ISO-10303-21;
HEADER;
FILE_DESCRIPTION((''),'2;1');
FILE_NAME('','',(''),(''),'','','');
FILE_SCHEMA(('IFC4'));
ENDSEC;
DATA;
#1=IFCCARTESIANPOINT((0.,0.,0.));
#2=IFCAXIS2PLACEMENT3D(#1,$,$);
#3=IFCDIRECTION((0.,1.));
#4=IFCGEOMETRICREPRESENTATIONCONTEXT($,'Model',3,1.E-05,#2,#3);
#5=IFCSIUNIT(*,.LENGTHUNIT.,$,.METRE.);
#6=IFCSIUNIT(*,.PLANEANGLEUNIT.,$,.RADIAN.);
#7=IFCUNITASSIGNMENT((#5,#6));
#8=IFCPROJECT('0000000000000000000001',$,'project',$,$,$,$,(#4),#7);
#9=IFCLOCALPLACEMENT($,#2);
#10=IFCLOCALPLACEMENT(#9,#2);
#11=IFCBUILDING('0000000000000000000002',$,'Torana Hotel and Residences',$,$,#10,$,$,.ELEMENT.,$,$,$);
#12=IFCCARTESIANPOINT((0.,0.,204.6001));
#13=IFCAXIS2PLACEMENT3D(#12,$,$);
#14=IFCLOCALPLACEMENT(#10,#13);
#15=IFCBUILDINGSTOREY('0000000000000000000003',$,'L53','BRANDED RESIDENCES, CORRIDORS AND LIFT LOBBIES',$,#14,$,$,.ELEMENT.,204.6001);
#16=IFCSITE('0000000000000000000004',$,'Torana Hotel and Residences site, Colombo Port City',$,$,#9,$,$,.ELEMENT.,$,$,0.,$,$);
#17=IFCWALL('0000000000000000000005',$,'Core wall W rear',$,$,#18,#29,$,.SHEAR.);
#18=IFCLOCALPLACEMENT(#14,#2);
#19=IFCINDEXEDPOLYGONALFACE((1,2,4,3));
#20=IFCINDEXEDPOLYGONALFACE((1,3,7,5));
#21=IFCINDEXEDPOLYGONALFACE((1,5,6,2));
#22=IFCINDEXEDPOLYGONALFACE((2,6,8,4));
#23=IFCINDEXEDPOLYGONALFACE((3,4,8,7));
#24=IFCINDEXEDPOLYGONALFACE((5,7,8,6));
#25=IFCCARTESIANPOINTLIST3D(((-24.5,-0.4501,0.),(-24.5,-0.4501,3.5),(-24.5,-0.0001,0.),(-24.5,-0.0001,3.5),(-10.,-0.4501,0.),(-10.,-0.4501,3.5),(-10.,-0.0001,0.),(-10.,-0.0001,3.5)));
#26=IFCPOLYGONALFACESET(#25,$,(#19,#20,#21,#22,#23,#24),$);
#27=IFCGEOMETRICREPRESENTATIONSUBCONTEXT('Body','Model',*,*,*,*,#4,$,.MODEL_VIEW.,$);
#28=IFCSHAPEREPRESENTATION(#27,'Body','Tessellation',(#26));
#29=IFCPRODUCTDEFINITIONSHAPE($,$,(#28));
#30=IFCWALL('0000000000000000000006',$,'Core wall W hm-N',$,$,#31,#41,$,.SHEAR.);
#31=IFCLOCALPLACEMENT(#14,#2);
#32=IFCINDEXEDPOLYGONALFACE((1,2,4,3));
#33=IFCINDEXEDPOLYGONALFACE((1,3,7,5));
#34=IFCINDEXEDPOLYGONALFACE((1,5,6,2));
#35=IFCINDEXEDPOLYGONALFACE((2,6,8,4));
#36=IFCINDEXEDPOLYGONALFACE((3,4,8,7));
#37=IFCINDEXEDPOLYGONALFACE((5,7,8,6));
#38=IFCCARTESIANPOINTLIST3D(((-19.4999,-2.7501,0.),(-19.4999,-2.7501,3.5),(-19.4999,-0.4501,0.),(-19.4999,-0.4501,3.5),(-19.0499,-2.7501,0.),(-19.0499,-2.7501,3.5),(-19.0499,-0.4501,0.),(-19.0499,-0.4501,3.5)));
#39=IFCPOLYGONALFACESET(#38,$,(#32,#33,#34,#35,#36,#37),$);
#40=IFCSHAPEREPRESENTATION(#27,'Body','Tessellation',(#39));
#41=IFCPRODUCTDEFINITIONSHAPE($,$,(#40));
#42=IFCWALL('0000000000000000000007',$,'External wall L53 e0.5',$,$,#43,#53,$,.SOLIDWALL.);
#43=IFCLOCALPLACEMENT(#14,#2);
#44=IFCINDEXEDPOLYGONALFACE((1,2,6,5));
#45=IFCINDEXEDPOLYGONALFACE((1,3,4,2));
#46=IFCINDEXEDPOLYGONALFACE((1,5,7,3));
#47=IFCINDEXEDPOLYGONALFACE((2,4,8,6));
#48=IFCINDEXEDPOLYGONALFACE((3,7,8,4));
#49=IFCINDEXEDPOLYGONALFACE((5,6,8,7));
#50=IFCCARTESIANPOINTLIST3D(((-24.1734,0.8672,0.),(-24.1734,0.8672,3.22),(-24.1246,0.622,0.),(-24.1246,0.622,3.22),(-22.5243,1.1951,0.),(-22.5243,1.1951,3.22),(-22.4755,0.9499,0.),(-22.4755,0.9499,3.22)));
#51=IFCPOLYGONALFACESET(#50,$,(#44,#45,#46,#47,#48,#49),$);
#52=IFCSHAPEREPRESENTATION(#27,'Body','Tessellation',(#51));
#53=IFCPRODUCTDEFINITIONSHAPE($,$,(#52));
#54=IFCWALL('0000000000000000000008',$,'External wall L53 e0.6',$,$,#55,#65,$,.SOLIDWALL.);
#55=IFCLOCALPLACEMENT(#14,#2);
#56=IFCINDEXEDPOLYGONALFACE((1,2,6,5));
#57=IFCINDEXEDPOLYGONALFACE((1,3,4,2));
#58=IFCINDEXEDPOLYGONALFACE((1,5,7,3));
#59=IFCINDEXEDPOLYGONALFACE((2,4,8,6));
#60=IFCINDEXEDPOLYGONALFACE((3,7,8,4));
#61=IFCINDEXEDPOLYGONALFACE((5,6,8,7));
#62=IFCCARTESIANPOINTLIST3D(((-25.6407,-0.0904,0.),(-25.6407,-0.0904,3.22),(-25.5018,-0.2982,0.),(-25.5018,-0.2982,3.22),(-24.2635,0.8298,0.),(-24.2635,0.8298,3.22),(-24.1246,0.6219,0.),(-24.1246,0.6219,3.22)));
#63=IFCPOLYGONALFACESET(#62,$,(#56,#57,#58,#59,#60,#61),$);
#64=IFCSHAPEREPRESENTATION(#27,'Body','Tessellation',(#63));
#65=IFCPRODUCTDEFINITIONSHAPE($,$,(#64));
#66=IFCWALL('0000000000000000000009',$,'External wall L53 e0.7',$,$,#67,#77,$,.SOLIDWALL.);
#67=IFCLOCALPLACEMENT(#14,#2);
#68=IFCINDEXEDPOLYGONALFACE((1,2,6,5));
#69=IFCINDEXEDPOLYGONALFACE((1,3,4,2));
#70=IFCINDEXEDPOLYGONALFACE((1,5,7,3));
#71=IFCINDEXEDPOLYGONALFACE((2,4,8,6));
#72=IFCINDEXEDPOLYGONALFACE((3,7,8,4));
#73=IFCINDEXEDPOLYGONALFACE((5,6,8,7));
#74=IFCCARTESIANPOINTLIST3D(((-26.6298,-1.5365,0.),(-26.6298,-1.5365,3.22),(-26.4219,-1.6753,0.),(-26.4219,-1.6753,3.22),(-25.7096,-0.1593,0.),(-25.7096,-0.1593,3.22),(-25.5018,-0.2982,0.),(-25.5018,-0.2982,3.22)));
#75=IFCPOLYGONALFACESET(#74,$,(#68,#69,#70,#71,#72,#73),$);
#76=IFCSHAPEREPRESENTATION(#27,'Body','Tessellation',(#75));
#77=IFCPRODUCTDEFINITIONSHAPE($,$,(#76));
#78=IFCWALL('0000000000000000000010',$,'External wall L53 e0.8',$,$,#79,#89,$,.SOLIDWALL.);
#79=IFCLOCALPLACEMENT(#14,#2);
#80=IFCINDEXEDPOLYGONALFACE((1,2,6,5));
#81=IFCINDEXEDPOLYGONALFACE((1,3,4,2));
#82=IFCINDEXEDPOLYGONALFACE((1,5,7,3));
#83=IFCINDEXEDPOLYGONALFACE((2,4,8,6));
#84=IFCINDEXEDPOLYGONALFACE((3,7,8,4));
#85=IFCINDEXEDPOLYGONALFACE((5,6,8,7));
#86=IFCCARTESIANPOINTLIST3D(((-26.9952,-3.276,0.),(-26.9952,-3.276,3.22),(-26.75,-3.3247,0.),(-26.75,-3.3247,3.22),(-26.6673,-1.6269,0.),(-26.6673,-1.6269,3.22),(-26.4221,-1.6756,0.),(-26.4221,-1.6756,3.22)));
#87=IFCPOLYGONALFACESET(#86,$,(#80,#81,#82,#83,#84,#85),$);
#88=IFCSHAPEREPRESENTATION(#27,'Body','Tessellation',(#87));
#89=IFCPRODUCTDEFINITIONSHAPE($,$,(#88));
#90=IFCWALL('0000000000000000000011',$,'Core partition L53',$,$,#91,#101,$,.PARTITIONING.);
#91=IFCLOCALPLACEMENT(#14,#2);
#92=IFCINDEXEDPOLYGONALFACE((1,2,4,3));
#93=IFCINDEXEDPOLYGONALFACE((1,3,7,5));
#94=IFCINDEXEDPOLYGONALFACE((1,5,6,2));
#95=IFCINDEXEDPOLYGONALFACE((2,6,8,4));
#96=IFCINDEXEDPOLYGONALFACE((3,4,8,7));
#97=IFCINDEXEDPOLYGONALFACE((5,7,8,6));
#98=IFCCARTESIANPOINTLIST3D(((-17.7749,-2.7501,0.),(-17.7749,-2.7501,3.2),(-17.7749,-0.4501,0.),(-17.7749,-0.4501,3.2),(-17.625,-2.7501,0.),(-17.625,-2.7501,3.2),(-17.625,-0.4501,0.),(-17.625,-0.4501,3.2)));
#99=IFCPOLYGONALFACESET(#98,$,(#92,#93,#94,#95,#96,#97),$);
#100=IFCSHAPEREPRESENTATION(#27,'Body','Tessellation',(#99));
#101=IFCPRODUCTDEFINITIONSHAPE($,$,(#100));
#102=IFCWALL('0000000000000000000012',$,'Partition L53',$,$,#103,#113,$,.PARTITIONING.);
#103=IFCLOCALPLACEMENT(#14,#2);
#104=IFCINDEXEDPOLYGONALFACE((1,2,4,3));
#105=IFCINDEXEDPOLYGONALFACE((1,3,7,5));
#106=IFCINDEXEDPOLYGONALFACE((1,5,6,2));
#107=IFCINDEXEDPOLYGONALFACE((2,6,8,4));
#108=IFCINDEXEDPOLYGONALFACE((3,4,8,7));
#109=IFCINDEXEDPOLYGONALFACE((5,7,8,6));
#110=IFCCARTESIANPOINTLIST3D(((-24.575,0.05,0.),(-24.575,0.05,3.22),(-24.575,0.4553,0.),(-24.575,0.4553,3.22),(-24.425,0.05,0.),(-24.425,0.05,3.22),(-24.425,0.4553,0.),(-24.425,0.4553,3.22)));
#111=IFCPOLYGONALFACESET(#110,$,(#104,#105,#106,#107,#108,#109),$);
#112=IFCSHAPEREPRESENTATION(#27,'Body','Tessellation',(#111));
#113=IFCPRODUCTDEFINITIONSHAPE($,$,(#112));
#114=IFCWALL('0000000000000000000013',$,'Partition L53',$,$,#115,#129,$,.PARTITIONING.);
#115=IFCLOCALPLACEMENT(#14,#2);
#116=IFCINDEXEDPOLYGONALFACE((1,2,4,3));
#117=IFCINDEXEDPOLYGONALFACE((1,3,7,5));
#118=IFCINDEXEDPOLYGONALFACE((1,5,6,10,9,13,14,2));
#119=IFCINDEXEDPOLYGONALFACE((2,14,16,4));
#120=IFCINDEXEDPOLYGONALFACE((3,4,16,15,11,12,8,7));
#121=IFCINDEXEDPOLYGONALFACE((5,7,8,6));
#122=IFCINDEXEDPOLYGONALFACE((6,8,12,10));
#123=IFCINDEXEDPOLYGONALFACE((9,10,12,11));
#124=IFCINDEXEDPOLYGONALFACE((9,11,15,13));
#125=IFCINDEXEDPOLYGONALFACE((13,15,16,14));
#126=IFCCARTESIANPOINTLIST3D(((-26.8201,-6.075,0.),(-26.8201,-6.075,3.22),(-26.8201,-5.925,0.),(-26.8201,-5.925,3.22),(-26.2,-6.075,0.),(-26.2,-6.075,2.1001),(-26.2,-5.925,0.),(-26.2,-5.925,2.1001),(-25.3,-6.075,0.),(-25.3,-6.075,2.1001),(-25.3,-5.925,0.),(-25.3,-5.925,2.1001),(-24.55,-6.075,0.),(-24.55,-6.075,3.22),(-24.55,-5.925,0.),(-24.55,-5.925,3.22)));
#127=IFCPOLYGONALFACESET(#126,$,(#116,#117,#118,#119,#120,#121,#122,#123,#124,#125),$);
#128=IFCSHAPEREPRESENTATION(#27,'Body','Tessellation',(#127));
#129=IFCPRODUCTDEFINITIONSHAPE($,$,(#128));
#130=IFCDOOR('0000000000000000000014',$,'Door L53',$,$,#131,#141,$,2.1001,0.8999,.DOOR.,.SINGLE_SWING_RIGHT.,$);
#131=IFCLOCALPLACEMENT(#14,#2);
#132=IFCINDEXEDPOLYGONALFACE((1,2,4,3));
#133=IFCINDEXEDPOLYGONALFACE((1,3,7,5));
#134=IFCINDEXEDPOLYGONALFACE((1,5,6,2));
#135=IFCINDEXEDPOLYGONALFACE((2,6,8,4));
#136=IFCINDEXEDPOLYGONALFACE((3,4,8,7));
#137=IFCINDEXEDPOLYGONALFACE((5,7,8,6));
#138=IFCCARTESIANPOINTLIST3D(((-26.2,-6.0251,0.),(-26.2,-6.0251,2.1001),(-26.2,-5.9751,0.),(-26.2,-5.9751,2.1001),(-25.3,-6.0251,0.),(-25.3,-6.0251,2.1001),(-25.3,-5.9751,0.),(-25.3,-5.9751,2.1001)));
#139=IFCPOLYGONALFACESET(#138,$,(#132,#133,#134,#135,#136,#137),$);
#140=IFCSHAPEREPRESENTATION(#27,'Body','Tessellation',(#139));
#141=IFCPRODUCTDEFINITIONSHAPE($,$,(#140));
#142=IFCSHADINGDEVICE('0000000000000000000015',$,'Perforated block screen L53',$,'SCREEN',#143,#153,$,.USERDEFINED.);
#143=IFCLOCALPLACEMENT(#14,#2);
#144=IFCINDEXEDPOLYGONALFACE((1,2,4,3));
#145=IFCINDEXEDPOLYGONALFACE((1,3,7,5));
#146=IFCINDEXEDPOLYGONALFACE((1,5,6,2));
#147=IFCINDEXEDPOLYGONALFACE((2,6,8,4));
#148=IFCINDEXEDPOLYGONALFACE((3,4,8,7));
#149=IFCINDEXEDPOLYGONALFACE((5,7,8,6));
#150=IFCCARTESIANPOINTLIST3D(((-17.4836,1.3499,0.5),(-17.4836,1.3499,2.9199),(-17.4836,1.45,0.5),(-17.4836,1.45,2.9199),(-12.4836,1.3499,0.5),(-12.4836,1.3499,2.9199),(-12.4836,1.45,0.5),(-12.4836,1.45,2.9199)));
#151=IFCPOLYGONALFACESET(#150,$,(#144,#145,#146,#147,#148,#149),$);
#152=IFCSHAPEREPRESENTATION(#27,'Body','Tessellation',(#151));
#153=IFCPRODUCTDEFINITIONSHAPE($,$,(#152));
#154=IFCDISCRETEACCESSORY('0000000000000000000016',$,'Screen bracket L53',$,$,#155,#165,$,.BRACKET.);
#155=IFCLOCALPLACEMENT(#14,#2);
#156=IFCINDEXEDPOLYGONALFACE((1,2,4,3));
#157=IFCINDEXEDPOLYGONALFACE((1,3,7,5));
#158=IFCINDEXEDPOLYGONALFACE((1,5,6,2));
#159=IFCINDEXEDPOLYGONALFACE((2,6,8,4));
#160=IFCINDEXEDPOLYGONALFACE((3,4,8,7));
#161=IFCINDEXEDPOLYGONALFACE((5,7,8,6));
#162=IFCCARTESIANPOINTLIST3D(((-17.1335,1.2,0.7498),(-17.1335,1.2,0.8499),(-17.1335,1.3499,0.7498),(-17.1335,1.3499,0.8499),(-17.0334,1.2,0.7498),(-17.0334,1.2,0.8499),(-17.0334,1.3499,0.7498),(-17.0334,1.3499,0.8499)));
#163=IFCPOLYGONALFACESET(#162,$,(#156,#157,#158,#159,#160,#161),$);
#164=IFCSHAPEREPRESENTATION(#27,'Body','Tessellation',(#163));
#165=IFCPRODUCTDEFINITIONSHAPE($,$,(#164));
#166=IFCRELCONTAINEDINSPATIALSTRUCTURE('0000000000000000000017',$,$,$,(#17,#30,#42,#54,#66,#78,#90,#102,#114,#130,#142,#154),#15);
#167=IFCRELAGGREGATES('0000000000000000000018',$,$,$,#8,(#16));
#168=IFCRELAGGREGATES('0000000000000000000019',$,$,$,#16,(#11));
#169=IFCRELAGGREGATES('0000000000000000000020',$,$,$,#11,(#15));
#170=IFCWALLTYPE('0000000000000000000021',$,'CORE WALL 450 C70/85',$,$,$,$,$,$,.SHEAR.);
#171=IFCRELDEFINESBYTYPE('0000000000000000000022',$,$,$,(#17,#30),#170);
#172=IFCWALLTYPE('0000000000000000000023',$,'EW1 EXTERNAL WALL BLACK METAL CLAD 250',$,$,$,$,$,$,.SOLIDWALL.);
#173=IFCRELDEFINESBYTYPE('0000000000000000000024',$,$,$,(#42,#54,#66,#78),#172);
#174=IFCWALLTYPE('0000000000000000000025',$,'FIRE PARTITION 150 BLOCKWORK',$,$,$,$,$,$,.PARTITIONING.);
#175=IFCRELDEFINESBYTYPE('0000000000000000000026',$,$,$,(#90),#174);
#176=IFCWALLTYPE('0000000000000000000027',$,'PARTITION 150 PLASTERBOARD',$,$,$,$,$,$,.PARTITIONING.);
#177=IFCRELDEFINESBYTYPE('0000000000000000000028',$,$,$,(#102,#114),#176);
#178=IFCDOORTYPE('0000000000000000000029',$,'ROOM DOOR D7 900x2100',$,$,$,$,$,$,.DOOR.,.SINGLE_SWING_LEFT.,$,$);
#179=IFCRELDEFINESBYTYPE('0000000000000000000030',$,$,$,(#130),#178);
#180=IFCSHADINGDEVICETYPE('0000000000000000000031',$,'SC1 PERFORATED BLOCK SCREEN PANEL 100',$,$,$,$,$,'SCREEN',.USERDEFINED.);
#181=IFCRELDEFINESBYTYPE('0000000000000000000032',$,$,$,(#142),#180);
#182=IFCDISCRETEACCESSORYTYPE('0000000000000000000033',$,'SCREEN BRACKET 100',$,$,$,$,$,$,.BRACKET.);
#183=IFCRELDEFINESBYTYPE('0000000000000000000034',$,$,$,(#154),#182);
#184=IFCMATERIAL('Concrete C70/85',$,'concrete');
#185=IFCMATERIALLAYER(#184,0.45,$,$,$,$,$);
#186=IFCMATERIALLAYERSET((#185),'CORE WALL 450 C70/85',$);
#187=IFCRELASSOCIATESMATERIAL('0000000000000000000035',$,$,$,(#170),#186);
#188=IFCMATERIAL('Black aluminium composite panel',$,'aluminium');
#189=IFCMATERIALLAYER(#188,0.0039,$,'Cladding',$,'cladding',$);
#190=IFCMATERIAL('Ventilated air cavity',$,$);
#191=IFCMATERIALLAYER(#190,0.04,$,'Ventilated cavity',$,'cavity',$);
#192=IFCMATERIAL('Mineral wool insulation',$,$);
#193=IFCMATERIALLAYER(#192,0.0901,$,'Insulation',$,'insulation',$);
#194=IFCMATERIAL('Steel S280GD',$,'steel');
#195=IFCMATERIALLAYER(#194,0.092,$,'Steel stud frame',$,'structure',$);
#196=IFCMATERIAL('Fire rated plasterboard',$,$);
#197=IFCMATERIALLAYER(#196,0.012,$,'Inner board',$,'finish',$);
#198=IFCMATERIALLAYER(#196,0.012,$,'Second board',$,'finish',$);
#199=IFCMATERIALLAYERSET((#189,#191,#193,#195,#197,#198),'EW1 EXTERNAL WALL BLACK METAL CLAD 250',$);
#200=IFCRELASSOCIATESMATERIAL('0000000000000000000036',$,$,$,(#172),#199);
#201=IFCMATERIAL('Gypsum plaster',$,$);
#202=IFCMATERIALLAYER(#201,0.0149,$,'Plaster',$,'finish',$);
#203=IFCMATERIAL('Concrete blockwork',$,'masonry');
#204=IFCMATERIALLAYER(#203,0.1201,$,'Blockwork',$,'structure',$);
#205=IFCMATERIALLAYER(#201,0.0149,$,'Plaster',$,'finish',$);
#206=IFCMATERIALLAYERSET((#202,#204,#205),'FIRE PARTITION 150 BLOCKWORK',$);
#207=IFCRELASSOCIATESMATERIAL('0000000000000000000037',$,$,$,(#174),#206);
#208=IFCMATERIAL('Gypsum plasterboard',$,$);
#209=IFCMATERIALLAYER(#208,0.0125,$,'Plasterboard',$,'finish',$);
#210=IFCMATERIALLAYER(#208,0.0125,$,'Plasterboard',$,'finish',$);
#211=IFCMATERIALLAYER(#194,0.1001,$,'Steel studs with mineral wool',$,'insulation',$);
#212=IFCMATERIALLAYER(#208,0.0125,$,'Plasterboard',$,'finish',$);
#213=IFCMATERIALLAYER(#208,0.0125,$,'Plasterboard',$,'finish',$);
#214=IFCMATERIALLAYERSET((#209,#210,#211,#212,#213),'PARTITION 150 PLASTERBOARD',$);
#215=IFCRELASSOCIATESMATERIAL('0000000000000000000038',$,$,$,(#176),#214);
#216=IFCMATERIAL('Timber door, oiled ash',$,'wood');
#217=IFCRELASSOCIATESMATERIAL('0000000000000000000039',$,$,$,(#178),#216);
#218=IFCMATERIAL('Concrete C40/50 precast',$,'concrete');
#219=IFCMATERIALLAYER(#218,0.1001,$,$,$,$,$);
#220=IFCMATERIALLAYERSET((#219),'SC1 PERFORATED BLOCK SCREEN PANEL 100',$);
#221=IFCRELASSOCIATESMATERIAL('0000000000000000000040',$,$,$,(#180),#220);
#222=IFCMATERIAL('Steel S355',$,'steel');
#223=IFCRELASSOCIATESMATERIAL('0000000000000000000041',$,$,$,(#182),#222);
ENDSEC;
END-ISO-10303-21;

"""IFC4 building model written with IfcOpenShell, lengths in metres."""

from ifc_helpers import new_model, si_unit, direction, frame, frame_2d, origin, origin_2d, place, context, subcontext, project, spatial, rectangle, extrude, material, layer, layer_set, type_object, element, fill, save


model = new_model("IFC4")

# Units and contexts
model_context = context("Model", 3, precision=1e-05, world=origin(), true_north=direction((0.0, 1.0)))
body_context = subcontext(model_context, "Body", "Model", "MODEL_VIEW")
ifc_project = project(units=[si_unit("LENGTHUNIT", "METRE"), si_unit("PLANEANGLEUNIT", "RADIAN")], contexts=[model_context])

# Site, building, storey
site_placement = place(None, origin())
site = spatial("IfcSite", under=ifc_project, at=site_placement, Name="Torana Hotel and Residences site, Colombo Port City", CompositionType="ELEMENT", RefElevation=0.0)
building_placement = place(site_placement, origin())
building = spatial("IfcBuilding", under=site, at=building_placement, Name="Torana Hotel and Residences", CompositionType="ELEMENT")
storey_placement = place(building_placement, frame((0.0, 0.0, 204.6001)))
storey = spatial("IfcBuildingStorey", under=building, at=storey_placement, Name="L53", Description="BRANDED RESIDENCES, CORRIDORS AND LIFT LOBBIES", CompositionType="ELEMENT", Elevation=204.6001)

# Walls
ifc_material_1 = material(Name="Concrete C70/85", Category="concrete")
ifc_layer_1 = layer(ifc_material_1, 0.45)
ifc_layer_set_1 = layer_set([ifc_layer_1], Name="CORE WALL 450 C70/85")
wall_type_1 = type_object("IfcWallType", Name="CORE WALL 450 C70/85", PredefinedType="SHEAR", material=ifc_layer_set_1)
wall_1_placement = place(storey_placement, frame((-24.5, -0.2251, 0.0), z_axis=(0.0, 0.0, 1.0), x_axis=(1.0, 0.0, 0.0)))
element("IfcWall", 1, at=wall_1_placement, inside=storey, type_object=wall_type_1, Name="Core wall W rear", PredefinedType="SHEAR", context=body_context, shape_type="SweptSolid", body=[
    extrude(rectangle(XDim=14.5, YDim=0.45, at=frame_2d((7.25, 0.0))), origin(), (0.0, 0.0, 1.0), 3.5),
])
wall_2_placement = place(storey_placement, frame((-19.2749, -2.75, 0.0), z_axis=(0.0, 0.0, 1.0), x_axis=(0.0, 1.0, 0.0)))
element("IfcWall", 2, at=wall_2_placement, inside=storey, type_object=wall_type_1, Name="Core wall W hm-N", PredefinedType="SHEAR", context=body_context, shape_type="SweptSolid", body=[
    extrude(rectangle(XDim=2.3, YDim=0.45, at=frame_2d((1.1499, 0.0))), origin(), (0.0, 0.0, 1.0), 3.5),
])
ifc_material_2 = material(Name="Black aluminium composite panel", Category="aluminium")
ifc_layer_2 = layer(ifc_material_2, 0.0039, Name="Cladding", Category="cladding")
ifc_material_3 = material(Name="Ventilated air cavity")
ifc_layer_3 = layer(ifc_material_3, 0.04, Name="Ventilated cavity", Category="cavity")
ifc_material_4 = material(Name="Mineral wool insulation")
ifc_layer_4 = layer(ifc_material_4, 0.0901, Name="Insulation", Category="insulation")
ifc_material_5 = material(Name="Steel S280GD", Category="steel")
ifc_layer_5 = layer(ifc_material_5, 0.092, Name="Steel stud frame", Category="structure")
ifc_material_6 = material(Name="Fire rated plasterboard")
ifc_layer_6 = layer(ifc_material_6, 0.012, Name="Inner board", Category="finish")
ifc_layer_7 = layer(ifc_material_6, 0.012, Name="Second board", Category="finish")
ifc_layer_set_2 = layer_set([ifc_layer_2, ifc_layer_3, ifc_layer_4, ifc_layer_5, ifc_layer_6, ifc_layer_7], Name="EW1 EXTERNAL WALL BLACK METAL CLAD 250")
wall_type_2 = type_object("IfcWallType", Name="EW1 EXTERNAL WALL BLACK METAL CLAD 250", PredefinedType="SOLIDWALL", material=ifc_layer_set_2)
wall_3_placement = place(storey_placement, frame((-22.4998, 1.0725, 0.0), z_axis=(0.0, 0.0, 1.0), x_axis=(-0.980803, -0.194999, 0.0)))
element("IfcWall", 3, at=wall_3_placement, inside=storey, type_object=wall_type_2, Name="External wall L53 e0.5", PredefinedType="SOLIDWALL", context=body_context, shape_type="SweptSolid", body=[
    extrude(rectangle(XDim=1.6814, YDim=0.25, at=frame_2d((0.8408, 0.0))), origin(), (0.0, 0.0, 1.0), 3.22),
])
for number, where, z_axis, x_axis, name in (
    (4, (-24.1941, 0.7258, 0.0), (0.0, 0.0, 1.0), (-0.831483, -0.55555, 0.0), "External wall L53 e0.6"),
    (5, (-25.6057, -0.2288, 0.0), (0.0, 0.0, 1.0), (-0.55555, -0.831483, 0.0), "External wall L53 e0.7"),
):
    element("IfcWall", number, at=place(storey_placement, frame(where, z_axis=z_axis, x_axis=x_axis)), inside=storey, type_object=wall_type_2, Name=name, PredefinedType="SOLIDWALL", context=body_context, shape_type="SweptSolid", body=[
        extrude(rectangle(XDim=1.6562, YDim=0.25, at=frame_2d((0.8281, 0.0))), origin(), (0.0, 0.0, 1.0), 3.22),
    ])
wall_4_placement = place(storey_placement, frame((-26.5447, -1.6511, 0.0), z_axis=(0.0, 0.0, 1.0), x_axis=(-0.194999, -0.980803, 0.0)))
element("IfcWall", 6, at=wall_4_placement, inside=storey, type_object=wall_type_2, Name="External wall L53 e0.8", PredefinedType="SOLIDWALL", context=body_context, shape_type="SweptSolid", body=[
    extrude(rectangle(XDim=1.6814, YDim=0.25, at=frame_2d((0.8408, 0.0))), origin(), (0.0, 0.0, 1.0), 3.22),
])

# Walls
ifc_material_7 = material(Name="Gypsum plaster")
ifc_layer_8 = layer(ifc_material_7, 0.0149, Name="Plaster", Category="finish")
ifc_material_8 = material(Name="Concrete blockwork", Category="masonry")
ifc_layer_9 = layer(ifc_material_8, 0.1201, Name="Blockwork", Category="structure")
ifc_layer_10 = layer(ifc_material_7, 0.0149, Name="Plaster", Category="finish")
ifc_layer_set_3 = layer_set([ifc_layer_8, ifc_layer_9, ifc_layer_10], Name="FIRE PARTITION 150 BLOCKWORK")
wall_type_3 = type_object("IfcWallType", Name="FIRE PARTITION 150 BLOCKWORK", PredefinedType="PARTITIONING", material=ifc_layer_set_3)
wall_5_placement = place(storey_placement, frame((-17.7, -2.75, 0.0), z_axis=(0.0, 0.0, 1.0), x_axis=(0.0, 1.0, 0.0)))
element("IfcWall", 7, at=wall_5_placement, inside=storey, type_object=wall_type_3, Name="Core partition L53", PredefinedType="PARTITIONING", context=body_context, shape_type="SweptSolid", body=[
    extrude(rectangle(XDim=2.3, YDim=0.1499, at=frame_2d((1.1499, 0.0))), origin(), (0.0, 0.0, 1.0), 3.2),
])
ifc_material_9 = material(Name="Gypsum plasterboard")
ifc_layer_11 = layer(ifc_material_9, 0.0125, Name="Plasterboard", Category="finish")
ifc_layer_12 = layer(ifc_material_9, 0.0125, Name="Plasterboard", Category="finish")
ifc_layer_13 = layer(ifc_material_5, 0.1001, Name="Steel studs with mineral wool", Category="insulation")
ifc_layer_14 = layer(ifc_material_9, 0.0125, Name="Plasterboard", Category="finish")
ifc_layer_15 = layer(ifc_material_9, 0.0125, Name="Plasterboard", Category="finish")
ifc_layer_set_4 = layer_set([ifc_layer_11, ifc_layer_12, ifc_layer_13, ifc_layer_14, ifc_layer_15], Name="PARTITION 150 PLASTERBOARD")
wall_type_4 = type_object("IfcWallType", Name="PARTITION 150 PLASTERBOARD", PredefinedType="PARTITIONING", material=ifc_layer_set_4)
wall_6_placement = place(storey_placement, frame((-24.5, 0.05, 0.0), z_axis=(0.0, 0.0, 1.0), x_axis=(0.0, 1.0, 0.0)))
element("IfcWall", 8, at=wall_6_placement, inside=storey, type_object=wall_type_4, Name="Partition L53", PredefinedType="PARTITIONING", context=body_context, shape_type="SweptSolid", body=[
    extrude(rectangle(XDim=0.4053, YDim=0.1499, at=frame_2d((0.2026, 0.0))), origin(), (0.0, 0.0, 1.0), 3.22),
])

# Wall, opening, door
wall_7_placement = place(storey_placement, frame((-26.8201, -6.0, 0.0), z_axis=(0.0, 0.0, 1.0), x_axis=(1.0, 0.0, 0.0)))
wall_7 = element("IfcWall", 9, at=wall_7_placement, inside=storey, type_object=wall_type_4, Name="Partition L53", PredefinedType="PARTITIONING", context=body_context, shape_type="SweptSolid", body=[
    extrude(rectangle(XDim=2.27, YDim=0.1499, at=frame_2d((1.135, 0.0))), origin(), (0.0, 0.0, 1.0), 3.22),
])
opening_1_placement = place(wall_7_placement, frame((0.6201, 0.0, 0.0)))
opening_1 = element("IfcOpeningElement", 10, at=opening_1_placement, cuts=wall_7, PredefinedType="OPENING", context=body_context, shape_type="SweptSolid", body=[
    extrude(rectangle(XDim=0.8999, YDim=2.1001, at=frame_2d((0.45, 1.05))), frame((0.0, 0.085, 0.0), z_axis=(0.0, -1.0, 0.0), x_axis=(1.0, 0.0, 0.0)), (0.0, 0.0, 1.0), 0.1699),
])
ifc_material_10 = material(Name="Timber door, oiled ash", Category="wood")
door_type_1 = type_object("IfcDoorType", Name="ROOM DOOR D7 900x2100", OperationType="SINGLE_SWING_LEFT", PredefinedType="DOOR", material=ifc_material_10)
door_1_placement = place(opening_1_placement, origin())
door_1 = element("IfcDoor", 11, at=door_1_placement, inside=storey, type_object=door_type_1, Name="Door L53", OperationType="SINGLE_SWING_RIGHT", OverallHeight=2.1001, OverallWidth=0.8999, PredefinedType="DOOR", context=body_context, shape_type="SweptSolid", body=[
    extrude(rectangle(XDim=0.8999, YDim=2.1001, at=frame_2d((0.45, 1.05))), frame((0.0, 0.0249, 0.0), z_axis=(0.0, -1.0, 0.0), x_axis=(1.0, 0.0, 0.0)), (0.0, 0.0, 1.0), 0.05),
])
fill(opening_1, door_1)

# Shading device
ifc_material_11 = material(Name="Concrete C40/50 precast", Category="concrete")
ifc_layer_16 = layer(ifc_material_11, 0.1001)
ifc_layer_set_5 = layer_set([ifc_layer_16], Name="SC1 PERFORATED BLOCK SCREEN PANEL 100")
shading_device_type = type_object("IfcShadingDeviceType", Name="SC1 PERFORATED BLOCK SCREEN PANEL 100", ElementType="SCREEN", PredefinedType="USERDEFINED", material=ifc_layer_set_5)
shading_device_placement = place(storey_placement, frame((-14.9836, 1.3999, 0.5), z_axis=(0.0, 0.0, 1.0), x_axis=(-1.0, 0.0, 0.0)))
element("IfcShadingDevice", 12, at=shading_device_placement, inside=storey, type_object=shading_device_type, Name="Perforated block screen L53", ObjectType="SCREEN", PredefinedType="USERDEFINED", context=body_context, shape_type="SweptSolid", body=[
    extrude(rectangle(XDim=5.0, YDim=0.1001, at=origin_2d()), origin(), (0.0, 0.0, 1.0), 2.4199),
])

# Discrete accessory
ifc_material_12 = material(Name="Steel S355", Category="steel")
discrete_accessory_type = type_object("IfcDiscreteAccessoryType", Name="SCREEN BRACKET 100", PredefinedType="BRACKET", material=ifc_material_12)
for number, where, z_axis, x_axis, name in (
    (13, (-17.0835, 1.2749, 0.7498), (0.0, 0.0, 1.0), (-1.0, 0.0, 0.0), "Screen bracket L53"),
):
    element("IfcDiscreteAccessory", number, at=place(storey_placement, frame(where, z_axis=z_axis, x_axis=x_axis)), inside=storey, type_object=discrete_accessory_type, Name=name, PredefinedType="BRACKET", context=body_context, shape_type="SweptSolid", body=[
        extrude(rectangle(XDim=0.1001, YDim=0.1499, at=origin_2d()), origin(), (0.0, 0.0, 1.0), 0.1001),
    ])

save(model, "model.ifc")
